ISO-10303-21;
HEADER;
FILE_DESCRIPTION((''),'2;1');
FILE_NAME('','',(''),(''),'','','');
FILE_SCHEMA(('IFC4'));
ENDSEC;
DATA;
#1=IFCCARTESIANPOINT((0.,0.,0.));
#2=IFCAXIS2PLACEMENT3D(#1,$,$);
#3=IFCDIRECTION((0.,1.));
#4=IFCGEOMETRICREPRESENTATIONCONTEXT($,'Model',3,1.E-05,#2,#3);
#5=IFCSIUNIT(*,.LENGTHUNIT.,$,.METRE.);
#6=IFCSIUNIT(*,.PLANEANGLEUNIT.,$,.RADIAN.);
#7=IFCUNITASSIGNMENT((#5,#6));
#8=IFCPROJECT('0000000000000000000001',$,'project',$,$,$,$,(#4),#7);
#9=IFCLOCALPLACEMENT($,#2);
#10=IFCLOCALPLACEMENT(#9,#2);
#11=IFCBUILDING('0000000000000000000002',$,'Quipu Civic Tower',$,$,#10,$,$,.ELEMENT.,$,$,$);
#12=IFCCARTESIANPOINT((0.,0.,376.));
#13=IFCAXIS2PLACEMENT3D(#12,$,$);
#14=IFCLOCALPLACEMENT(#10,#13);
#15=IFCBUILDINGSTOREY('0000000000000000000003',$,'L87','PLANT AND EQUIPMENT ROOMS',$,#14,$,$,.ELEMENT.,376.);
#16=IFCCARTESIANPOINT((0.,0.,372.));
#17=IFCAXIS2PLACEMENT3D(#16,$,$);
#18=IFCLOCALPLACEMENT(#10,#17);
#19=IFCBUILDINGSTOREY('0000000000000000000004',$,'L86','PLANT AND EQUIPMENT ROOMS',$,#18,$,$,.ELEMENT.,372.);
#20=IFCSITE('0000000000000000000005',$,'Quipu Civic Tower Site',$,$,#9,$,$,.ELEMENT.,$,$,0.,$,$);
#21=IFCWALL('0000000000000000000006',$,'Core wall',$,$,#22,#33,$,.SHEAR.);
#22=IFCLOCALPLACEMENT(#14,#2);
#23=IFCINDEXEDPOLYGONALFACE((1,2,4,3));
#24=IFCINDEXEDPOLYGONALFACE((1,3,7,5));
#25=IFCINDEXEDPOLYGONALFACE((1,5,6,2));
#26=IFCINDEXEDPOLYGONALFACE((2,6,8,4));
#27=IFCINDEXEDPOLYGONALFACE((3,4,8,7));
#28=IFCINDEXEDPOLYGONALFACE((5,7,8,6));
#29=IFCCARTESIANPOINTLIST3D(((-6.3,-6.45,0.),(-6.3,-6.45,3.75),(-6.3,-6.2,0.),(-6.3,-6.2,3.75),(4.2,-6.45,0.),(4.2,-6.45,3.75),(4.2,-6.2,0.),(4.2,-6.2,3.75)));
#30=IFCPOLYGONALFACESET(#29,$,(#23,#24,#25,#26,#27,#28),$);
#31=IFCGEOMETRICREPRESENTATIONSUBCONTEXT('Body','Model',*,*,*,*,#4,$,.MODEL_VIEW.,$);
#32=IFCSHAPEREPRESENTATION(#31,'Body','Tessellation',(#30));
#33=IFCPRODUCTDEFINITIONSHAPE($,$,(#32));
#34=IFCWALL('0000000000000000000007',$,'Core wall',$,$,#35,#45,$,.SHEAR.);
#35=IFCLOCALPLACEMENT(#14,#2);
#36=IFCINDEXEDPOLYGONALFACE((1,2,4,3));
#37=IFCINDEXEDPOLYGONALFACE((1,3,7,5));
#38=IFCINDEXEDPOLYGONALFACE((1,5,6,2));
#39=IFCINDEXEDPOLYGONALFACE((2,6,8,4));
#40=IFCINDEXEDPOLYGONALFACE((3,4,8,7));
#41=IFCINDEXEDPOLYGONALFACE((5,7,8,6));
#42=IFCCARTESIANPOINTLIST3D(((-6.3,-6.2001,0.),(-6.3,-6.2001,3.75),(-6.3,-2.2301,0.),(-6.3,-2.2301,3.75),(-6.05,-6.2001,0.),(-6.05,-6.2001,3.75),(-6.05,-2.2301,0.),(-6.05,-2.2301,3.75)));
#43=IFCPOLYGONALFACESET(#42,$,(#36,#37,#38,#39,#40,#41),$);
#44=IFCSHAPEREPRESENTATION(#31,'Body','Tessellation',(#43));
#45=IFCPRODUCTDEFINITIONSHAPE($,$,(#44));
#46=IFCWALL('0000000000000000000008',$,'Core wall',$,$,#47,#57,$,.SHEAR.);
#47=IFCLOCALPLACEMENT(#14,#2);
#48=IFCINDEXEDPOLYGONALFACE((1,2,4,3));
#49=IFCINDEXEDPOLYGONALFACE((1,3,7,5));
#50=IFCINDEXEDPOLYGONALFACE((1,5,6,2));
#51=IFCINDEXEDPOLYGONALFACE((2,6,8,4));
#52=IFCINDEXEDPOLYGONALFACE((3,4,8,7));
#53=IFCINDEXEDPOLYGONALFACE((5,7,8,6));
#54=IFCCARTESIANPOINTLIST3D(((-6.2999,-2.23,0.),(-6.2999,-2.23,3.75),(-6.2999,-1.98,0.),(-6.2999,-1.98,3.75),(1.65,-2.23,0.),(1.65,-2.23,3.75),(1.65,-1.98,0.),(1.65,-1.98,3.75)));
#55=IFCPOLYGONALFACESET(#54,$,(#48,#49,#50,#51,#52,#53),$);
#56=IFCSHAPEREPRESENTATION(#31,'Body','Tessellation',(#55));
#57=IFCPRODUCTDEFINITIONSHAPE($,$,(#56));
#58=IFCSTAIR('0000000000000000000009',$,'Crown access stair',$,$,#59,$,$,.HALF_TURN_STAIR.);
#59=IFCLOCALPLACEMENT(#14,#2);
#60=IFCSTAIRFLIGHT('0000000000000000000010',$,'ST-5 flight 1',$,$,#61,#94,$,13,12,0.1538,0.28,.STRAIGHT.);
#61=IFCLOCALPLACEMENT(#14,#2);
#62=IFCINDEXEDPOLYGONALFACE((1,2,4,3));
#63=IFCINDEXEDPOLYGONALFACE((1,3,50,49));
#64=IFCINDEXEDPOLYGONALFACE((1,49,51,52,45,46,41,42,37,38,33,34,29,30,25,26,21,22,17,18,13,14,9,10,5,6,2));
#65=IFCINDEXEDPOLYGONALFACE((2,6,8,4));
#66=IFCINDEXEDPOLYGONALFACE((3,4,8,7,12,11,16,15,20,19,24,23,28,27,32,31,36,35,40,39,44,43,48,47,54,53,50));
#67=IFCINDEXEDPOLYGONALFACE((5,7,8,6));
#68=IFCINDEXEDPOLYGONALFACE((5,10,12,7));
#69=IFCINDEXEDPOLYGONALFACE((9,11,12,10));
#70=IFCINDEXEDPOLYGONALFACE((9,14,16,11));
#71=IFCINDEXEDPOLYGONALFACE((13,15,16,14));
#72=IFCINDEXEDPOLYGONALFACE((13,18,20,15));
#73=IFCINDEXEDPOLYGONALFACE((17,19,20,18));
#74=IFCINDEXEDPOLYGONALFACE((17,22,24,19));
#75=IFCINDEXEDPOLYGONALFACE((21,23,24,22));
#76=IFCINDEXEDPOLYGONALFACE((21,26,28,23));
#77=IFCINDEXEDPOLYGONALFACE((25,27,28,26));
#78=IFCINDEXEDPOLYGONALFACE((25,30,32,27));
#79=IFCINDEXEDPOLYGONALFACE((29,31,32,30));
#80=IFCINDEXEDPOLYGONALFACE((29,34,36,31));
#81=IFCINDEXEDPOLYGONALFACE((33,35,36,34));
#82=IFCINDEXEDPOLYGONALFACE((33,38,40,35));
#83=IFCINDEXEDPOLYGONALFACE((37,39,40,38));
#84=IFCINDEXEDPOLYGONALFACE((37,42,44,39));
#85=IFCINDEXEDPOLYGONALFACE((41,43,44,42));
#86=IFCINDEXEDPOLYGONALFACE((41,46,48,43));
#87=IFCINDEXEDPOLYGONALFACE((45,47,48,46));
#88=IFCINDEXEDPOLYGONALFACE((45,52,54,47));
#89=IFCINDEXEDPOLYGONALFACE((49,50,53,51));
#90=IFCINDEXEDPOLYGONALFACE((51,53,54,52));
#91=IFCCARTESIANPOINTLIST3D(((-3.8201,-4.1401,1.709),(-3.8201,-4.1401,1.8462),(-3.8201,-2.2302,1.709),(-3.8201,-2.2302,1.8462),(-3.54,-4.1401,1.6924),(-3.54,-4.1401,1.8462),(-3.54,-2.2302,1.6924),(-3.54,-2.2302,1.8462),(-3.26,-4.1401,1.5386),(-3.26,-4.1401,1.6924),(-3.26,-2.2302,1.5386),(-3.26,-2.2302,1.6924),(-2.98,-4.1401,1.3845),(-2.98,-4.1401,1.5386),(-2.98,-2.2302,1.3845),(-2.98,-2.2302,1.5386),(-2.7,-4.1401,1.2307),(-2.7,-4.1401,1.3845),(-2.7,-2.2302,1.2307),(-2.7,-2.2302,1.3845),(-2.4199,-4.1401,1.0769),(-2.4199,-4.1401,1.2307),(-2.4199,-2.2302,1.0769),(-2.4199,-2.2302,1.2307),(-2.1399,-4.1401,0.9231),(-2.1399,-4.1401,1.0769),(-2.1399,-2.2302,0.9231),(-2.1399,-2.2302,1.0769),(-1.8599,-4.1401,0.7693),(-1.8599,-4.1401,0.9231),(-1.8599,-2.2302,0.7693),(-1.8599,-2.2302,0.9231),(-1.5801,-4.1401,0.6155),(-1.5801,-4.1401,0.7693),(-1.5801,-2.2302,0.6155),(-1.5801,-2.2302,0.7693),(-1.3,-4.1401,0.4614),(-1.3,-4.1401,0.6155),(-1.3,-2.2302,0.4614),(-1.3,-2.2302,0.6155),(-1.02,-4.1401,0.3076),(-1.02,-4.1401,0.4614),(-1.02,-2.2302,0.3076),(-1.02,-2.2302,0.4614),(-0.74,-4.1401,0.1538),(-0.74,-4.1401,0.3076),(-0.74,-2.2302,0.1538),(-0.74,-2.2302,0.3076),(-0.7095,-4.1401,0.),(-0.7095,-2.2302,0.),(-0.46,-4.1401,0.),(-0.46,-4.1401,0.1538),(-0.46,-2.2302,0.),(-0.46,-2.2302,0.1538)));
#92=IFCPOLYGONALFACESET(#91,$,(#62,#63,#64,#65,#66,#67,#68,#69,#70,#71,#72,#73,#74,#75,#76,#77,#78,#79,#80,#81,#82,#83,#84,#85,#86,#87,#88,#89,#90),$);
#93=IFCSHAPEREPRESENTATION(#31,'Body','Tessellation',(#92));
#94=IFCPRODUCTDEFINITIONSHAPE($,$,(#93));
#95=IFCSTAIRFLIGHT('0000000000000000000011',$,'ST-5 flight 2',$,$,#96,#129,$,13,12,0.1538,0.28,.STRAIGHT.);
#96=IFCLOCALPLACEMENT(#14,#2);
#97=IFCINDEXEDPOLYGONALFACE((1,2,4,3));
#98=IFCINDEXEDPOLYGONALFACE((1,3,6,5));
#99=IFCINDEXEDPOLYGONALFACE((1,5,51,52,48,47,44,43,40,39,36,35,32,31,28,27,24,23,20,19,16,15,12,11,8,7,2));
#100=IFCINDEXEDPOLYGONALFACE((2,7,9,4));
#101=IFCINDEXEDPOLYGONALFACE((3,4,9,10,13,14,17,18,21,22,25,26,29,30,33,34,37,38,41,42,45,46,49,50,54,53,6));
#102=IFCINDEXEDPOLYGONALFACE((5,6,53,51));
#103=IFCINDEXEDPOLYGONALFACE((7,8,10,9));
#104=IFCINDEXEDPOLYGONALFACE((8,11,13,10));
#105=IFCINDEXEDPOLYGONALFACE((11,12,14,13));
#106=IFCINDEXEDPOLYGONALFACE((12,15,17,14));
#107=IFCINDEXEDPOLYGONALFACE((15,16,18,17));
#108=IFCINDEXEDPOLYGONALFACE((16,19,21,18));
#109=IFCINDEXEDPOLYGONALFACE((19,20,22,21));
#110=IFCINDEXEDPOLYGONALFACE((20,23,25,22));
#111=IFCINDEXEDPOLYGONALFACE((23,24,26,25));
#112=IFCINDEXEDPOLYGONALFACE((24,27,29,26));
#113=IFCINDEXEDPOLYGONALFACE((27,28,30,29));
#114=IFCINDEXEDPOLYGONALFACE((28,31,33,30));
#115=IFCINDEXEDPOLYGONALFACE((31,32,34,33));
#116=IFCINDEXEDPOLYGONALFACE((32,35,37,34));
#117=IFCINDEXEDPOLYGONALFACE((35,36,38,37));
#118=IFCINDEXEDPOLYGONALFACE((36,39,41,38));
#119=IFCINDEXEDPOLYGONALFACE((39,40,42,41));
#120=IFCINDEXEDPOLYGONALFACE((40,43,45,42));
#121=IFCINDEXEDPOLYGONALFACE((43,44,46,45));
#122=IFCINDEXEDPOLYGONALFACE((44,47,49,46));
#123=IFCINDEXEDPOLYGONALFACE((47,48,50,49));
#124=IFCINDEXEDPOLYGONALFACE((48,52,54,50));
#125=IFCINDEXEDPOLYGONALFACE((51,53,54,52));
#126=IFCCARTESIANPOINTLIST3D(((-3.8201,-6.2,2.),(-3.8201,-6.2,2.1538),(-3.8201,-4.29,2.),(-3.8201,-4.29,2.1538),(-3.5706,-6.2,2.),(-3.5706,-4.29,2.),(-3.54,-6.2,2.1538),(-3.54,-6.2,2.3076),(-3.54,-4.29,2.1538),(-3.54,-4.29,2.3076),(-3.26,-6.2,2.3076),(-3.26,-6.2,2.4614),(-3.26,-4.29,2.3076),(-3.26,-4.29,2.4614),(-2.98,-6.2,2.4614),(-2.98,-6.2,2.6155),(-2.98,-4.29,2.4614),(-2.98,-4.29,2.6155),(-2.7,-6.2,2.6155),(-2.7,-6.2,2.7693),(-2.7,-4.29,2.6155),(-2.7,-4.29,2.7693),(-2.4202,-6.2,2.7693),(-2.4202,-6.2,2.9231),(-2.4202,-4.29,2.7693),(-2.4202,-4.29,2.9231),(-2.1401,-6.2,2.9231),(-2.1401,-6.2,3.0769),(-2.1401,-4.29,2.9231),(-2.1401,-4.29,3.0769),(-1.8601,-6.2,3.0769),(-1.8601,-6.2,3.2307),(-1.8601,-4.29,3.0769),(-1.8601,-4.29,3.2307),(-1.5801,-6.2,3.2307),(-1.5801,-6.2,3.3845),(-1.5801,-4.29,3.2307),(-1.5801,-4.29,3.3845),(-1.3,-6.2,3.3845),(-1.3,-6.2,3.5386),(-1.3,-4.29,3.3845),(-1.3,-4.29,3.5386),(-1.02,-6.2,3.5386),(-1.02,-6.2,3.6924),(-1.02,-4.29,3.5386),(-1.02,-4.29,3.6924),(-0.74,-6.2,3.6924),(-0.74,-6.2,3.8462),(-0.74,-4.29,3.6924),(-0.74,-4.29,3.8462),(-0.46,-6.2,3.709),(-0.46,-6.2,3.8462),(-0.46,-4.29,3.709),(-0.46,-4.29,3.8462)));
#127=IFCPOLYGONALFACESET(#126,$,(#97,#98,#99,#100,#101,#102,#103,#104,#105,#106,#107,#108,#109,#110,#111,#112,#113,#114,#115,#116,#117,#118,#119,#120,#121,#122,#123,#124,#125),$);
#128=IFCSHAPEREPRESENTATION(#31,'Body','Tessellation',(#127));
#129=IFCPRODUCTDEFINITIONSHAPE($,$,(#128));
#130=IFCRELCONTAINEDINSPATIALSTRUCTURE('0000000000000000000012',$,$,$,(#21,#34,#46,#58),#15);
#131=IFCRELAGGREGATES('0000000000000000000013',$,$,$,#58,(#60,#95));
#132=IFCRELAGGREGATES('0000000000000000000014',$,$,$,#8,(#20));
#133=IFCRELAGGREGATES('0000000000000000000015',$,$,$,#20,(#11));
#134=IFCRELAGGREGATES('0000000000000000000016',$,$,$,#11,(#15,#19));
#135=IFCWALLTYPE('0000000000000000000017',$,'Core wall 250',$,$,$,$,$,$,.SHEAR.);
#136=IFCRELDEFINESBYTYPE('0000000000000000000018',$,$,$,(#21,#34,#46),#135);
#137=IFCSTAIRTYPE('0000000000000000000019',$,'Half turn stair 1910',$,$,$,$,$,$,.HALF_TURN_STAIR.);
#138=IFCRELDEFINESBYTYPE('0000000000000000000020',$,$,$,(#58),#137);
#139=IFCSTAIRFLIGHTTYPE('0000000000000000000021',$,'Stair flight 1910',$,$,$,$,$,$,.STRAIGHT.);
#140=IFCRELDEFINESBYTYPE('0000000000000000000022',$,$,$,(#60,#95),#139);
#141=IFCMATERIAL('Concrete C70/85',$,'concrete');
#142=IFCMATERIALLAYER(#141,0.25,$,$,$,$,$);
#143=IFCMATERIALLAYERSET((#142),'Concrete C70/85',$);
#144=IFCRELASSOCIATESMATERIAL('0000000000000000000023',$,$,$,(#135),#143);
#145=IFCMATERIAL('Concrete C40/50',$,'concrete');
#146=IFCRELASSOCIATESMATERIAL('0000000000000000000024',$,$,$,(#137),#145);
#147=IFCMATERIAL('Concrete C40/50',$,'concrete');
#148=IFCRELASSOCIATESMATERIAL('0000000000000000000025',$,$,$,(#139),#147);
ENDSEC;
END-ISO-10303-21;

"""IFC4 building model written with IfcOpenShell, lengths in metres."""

from ifc_helpers import new_model, si_unit, direction, frame, frame_2d, origin, place, context, subcontext, project, spatial, polyline, rectangle, outline, extrude, material, layer, layer_set, type_object, element, aggregate, save


model = new_model("IFC4")

# Units and contexts
model_context = context("Model", 3, precision=1e-05, world=origin(), true_north=direction((0.0, 1.0)))
body_context = subcontext(model_context, "Body", "Model", "MODEL_VIEW")
ifc_project = project(units=[si_unit("LENGTHUNIT", "METRE"), si_unit("PLANEANGLEUNIT", "RADIAN")], contexts=[model_context])

# Site, building, storey
site_placement = place(None, origin())
site = spatial("IfcSite", under=ifc_project, at=site_placement, Name="Quipu Civic Tower Site", CompositionType="ELEMENT", RefElevation=0.0)
building_placement = place(site_placement, origin())
building = spatial("IfcBuilding", under=site, at=building_placement, Name="Quipu Civic Tower", CompositionType="ELEMENT")
storey_1_placement = place(building_placement, frame((0.0, 0.0, 376.0)))
storey_1 = spatial("IfcBuildingStorey", under=building, at=storey_1_placement, Name="L87", Description="PLANT AND EQUIPMENT ROOMS", CompositionType="ELEMENT", Elevation=376.0)

# Shared definitions
storey_2_placement = place(building_placement, frame((0.0, 0.0, 372.0)))
storey_2 = spatial("IfcBuildingStorey", under=building, at=storey_2_placement, Name="L86", Description="PLANT AND EQUIPMENT ROOMS", CompositionType="ELEMENT", Elevation=372.0)

# Walls
ifc_material_1 = material(Name="Concrete C70/85", Category="concrete")
ifc_layer_1 = layer(ifc_material_1, 0.25)
ifc_layer_set_1 = layer_set([ifc_layer_1], Name="Concrete C70/85")
wall_type = type_object("IfcWallType", Name="Core wall 250", PredefinedType="SHEAR", material=ifc_layer_set_1)
wall_1_placement = place(storey_1_placement, frame((-6.3, -6.325, 0.0), z_axis=(0.0, 0.0, 1.0), x_axis=(1.0, 0.0, 0.0)))
element("IfcWall", 1, at=wall_1_placement, inside=storey_1, type_object=wall_type, Name="Core wall", PredefinedType="SHEAR", context=body_context, shape_type="SweptSolid", body=[
    extrude(rectangle(XDim=10.5, YDim=0.25, at=frame_2d((5.25, 0.0))), origin(), (0.0, 0.0, 1.0), 3.75),
])
wall_2_placement = place(storey_1_placement, frame((-6.175, -6.2, 0.0), z_axis=(0.0, 0.0, 1.0), x_axis=(0.0, 1.0, 0.0)))
element("IfcWall", 2, at=wall_2_placement, inside=storey_1, type_object=wall_type, Name="Core wall", PredefinedType="SHEAR", context=body_context, shape_type="SweptSolid", body=[
    extrude(rectangle(XDim=3.97, YDim=0.25, at=frame_2d((1.9849, 0.0))), origin(), (0.0, 0.0, 1.0), 3.75),
])
wall_3_placement = place(storey_1_placement, frame((-6.3, -2.105, 0.0), z_axis=(0.0, 0.0, 1.0), x_axis=(1.0, 0.0, 0.0)))
element("IfcWall", 3, at=wall_3_placement, inside=storey_1, type_object=wall_type, Name="Core wall", PredefinedType="SHEAR", context=body_context, shape_type="SweptSolid", body=[
    extrude(rectangle(XDim=7.95, YDim=0.25, at=frame_2d((3.9751, 0.0))), origin(), (0.0, 0.0, 1.0), 3.75),
])

# Stair, stair flights
ifc_material_2 = material(Name="Concrete C40/50", Category="concrete")
stair_type = type_object("IfcStairType", Name="Half turn stair 1910", PredefinedType="HALF_TURN_STAIR", material=ifc_material_2)
stair_placement = place(storey_1_placement, origin())
stair = element("IfcStair", 4, at=stair_placement, inside=storey_1, type_object=stair_type, Name="Crown access stair", PredefinedType="HALF_TURN_STAIR")
ifc_material_3 = material(Name="Concrete C40/50", Category="concrete")
stair_flight_type = type_object("IfcStairFlightType", Name="Stair flight 1910", PredefinedType="STRAIGHT", material=ifc_material_3)
stair_flight_1_placement = place(storey_1_placement, frame((-0.46, -3.1851, 0.0), z_axis=(0.0, 0.0, 1.0), x_axis=(-1.0, 0.0, 0.0)))
stair_flight_1 = element("IfcStairFlight", 5, at=stair_flight_1_placement, type_object=stair_flight_type, Name="ST-5 flight 1", NumberOfRisers=13, NumberOfTreads=12, PredefinedType="STRAIGHT", RiserHeight=0.1538, TreadLength=0.28, context=body_context, shape_type="SweptSolid", body=[
    extrude(outline(polyline([(0.0, 0.0), (0.0, 0.1538), (0.28, 0.1538), (0.28, 0.3076), (0.5601, 0.3076), (0.5601, 0.4614), (0.8401, 0.4614), (0.8401, 0.6155), (1.1201, 0.6155), (1.1201, 0.7693), (1.3999, 0.7693), (1.3999, 0.9231), (1.6799, 0.9231), (1.6799, 1.0769), (1.96, 1.0769), (1.96, 1.2307), (2.24, 1.2307), (2.24, 1.3845), (2.52, 1.3845), (2.52, 1.5386), (2.8, 1.5386), (2.8, 1.6924), (3.0801, 1.6924), (3.0801, 1.8462), (3.3601, 1.8462), (3.3601, 2.0), (3.3601, 1.709), (0.2495, 0.0), (0.0, 0.0)])), frame((0.0, 0.9551, 0.0), z_axis=(0.0, -1.0, 0.0), x_axis=(1.0, 0.0, 0.0)), (0.0, 0.0, 1.0), 1.9099),
])
stair_flight_2_placement = place(storey_1_placement, frame((-3.8201, -5.2451, 2.0), z_axis=(0.0, 0.0, 1.0), x_axis=(1.0, 0.0, 0.0)))
stair_flight_2 = element("IfcStairFlight", 6, at=stair_flight_2_placement, type_object=stair_flight_type, Name="ST-5 flight 2", NumberOfRisers=13, NumberOfTreads=12, PredefinedType="STRAIGHT", RiserHeight=0.1538, TreadLength=0.28, context=body_context, shape_type="SweptSolid", body=[
    extrude(outline(polyline([(0.0, 0.0), (0.0, 0.1538), (0.28, 0.1538), (0.28, 0.3076), (0.5601, 0.3076), (0.5601, 0.4614), (0.8401, 0.4614), (0.8401, 0.6155), (1.1201, 0.6155), (1.1201, 0.7693), (1.3999, 0.7693), (1.3999, 0.9231), (1.6799, 0.9231), (1.6799, 1.0769), (1.96, 1.0769), (1.96, 1.2307), (2.24, 1.2307), (2.24, 1.3845), (2.52, 1.3845), (2.52, 1.5386), (2.8, 1.5386), (2.8, 1.6924), (3.0801, 1.6924), (3.0801, 1.8462), (3.3601, 1.8462), (3.3601, 2.0), (3.3601, 1.709), (0.2495, 0.0), (0.0, 0.0)])), frame((0.0, 0.9551, 0.0), z_axis=(0.0, -1.0, 0.0), x_axis=(1.0, 0.0, 0.0)), (0.0, 0.0, 1.0), 1.9099),
])
aggregate(stair, [stair_flight_1, stair_flight_2])

save(model, "model.ifc")
